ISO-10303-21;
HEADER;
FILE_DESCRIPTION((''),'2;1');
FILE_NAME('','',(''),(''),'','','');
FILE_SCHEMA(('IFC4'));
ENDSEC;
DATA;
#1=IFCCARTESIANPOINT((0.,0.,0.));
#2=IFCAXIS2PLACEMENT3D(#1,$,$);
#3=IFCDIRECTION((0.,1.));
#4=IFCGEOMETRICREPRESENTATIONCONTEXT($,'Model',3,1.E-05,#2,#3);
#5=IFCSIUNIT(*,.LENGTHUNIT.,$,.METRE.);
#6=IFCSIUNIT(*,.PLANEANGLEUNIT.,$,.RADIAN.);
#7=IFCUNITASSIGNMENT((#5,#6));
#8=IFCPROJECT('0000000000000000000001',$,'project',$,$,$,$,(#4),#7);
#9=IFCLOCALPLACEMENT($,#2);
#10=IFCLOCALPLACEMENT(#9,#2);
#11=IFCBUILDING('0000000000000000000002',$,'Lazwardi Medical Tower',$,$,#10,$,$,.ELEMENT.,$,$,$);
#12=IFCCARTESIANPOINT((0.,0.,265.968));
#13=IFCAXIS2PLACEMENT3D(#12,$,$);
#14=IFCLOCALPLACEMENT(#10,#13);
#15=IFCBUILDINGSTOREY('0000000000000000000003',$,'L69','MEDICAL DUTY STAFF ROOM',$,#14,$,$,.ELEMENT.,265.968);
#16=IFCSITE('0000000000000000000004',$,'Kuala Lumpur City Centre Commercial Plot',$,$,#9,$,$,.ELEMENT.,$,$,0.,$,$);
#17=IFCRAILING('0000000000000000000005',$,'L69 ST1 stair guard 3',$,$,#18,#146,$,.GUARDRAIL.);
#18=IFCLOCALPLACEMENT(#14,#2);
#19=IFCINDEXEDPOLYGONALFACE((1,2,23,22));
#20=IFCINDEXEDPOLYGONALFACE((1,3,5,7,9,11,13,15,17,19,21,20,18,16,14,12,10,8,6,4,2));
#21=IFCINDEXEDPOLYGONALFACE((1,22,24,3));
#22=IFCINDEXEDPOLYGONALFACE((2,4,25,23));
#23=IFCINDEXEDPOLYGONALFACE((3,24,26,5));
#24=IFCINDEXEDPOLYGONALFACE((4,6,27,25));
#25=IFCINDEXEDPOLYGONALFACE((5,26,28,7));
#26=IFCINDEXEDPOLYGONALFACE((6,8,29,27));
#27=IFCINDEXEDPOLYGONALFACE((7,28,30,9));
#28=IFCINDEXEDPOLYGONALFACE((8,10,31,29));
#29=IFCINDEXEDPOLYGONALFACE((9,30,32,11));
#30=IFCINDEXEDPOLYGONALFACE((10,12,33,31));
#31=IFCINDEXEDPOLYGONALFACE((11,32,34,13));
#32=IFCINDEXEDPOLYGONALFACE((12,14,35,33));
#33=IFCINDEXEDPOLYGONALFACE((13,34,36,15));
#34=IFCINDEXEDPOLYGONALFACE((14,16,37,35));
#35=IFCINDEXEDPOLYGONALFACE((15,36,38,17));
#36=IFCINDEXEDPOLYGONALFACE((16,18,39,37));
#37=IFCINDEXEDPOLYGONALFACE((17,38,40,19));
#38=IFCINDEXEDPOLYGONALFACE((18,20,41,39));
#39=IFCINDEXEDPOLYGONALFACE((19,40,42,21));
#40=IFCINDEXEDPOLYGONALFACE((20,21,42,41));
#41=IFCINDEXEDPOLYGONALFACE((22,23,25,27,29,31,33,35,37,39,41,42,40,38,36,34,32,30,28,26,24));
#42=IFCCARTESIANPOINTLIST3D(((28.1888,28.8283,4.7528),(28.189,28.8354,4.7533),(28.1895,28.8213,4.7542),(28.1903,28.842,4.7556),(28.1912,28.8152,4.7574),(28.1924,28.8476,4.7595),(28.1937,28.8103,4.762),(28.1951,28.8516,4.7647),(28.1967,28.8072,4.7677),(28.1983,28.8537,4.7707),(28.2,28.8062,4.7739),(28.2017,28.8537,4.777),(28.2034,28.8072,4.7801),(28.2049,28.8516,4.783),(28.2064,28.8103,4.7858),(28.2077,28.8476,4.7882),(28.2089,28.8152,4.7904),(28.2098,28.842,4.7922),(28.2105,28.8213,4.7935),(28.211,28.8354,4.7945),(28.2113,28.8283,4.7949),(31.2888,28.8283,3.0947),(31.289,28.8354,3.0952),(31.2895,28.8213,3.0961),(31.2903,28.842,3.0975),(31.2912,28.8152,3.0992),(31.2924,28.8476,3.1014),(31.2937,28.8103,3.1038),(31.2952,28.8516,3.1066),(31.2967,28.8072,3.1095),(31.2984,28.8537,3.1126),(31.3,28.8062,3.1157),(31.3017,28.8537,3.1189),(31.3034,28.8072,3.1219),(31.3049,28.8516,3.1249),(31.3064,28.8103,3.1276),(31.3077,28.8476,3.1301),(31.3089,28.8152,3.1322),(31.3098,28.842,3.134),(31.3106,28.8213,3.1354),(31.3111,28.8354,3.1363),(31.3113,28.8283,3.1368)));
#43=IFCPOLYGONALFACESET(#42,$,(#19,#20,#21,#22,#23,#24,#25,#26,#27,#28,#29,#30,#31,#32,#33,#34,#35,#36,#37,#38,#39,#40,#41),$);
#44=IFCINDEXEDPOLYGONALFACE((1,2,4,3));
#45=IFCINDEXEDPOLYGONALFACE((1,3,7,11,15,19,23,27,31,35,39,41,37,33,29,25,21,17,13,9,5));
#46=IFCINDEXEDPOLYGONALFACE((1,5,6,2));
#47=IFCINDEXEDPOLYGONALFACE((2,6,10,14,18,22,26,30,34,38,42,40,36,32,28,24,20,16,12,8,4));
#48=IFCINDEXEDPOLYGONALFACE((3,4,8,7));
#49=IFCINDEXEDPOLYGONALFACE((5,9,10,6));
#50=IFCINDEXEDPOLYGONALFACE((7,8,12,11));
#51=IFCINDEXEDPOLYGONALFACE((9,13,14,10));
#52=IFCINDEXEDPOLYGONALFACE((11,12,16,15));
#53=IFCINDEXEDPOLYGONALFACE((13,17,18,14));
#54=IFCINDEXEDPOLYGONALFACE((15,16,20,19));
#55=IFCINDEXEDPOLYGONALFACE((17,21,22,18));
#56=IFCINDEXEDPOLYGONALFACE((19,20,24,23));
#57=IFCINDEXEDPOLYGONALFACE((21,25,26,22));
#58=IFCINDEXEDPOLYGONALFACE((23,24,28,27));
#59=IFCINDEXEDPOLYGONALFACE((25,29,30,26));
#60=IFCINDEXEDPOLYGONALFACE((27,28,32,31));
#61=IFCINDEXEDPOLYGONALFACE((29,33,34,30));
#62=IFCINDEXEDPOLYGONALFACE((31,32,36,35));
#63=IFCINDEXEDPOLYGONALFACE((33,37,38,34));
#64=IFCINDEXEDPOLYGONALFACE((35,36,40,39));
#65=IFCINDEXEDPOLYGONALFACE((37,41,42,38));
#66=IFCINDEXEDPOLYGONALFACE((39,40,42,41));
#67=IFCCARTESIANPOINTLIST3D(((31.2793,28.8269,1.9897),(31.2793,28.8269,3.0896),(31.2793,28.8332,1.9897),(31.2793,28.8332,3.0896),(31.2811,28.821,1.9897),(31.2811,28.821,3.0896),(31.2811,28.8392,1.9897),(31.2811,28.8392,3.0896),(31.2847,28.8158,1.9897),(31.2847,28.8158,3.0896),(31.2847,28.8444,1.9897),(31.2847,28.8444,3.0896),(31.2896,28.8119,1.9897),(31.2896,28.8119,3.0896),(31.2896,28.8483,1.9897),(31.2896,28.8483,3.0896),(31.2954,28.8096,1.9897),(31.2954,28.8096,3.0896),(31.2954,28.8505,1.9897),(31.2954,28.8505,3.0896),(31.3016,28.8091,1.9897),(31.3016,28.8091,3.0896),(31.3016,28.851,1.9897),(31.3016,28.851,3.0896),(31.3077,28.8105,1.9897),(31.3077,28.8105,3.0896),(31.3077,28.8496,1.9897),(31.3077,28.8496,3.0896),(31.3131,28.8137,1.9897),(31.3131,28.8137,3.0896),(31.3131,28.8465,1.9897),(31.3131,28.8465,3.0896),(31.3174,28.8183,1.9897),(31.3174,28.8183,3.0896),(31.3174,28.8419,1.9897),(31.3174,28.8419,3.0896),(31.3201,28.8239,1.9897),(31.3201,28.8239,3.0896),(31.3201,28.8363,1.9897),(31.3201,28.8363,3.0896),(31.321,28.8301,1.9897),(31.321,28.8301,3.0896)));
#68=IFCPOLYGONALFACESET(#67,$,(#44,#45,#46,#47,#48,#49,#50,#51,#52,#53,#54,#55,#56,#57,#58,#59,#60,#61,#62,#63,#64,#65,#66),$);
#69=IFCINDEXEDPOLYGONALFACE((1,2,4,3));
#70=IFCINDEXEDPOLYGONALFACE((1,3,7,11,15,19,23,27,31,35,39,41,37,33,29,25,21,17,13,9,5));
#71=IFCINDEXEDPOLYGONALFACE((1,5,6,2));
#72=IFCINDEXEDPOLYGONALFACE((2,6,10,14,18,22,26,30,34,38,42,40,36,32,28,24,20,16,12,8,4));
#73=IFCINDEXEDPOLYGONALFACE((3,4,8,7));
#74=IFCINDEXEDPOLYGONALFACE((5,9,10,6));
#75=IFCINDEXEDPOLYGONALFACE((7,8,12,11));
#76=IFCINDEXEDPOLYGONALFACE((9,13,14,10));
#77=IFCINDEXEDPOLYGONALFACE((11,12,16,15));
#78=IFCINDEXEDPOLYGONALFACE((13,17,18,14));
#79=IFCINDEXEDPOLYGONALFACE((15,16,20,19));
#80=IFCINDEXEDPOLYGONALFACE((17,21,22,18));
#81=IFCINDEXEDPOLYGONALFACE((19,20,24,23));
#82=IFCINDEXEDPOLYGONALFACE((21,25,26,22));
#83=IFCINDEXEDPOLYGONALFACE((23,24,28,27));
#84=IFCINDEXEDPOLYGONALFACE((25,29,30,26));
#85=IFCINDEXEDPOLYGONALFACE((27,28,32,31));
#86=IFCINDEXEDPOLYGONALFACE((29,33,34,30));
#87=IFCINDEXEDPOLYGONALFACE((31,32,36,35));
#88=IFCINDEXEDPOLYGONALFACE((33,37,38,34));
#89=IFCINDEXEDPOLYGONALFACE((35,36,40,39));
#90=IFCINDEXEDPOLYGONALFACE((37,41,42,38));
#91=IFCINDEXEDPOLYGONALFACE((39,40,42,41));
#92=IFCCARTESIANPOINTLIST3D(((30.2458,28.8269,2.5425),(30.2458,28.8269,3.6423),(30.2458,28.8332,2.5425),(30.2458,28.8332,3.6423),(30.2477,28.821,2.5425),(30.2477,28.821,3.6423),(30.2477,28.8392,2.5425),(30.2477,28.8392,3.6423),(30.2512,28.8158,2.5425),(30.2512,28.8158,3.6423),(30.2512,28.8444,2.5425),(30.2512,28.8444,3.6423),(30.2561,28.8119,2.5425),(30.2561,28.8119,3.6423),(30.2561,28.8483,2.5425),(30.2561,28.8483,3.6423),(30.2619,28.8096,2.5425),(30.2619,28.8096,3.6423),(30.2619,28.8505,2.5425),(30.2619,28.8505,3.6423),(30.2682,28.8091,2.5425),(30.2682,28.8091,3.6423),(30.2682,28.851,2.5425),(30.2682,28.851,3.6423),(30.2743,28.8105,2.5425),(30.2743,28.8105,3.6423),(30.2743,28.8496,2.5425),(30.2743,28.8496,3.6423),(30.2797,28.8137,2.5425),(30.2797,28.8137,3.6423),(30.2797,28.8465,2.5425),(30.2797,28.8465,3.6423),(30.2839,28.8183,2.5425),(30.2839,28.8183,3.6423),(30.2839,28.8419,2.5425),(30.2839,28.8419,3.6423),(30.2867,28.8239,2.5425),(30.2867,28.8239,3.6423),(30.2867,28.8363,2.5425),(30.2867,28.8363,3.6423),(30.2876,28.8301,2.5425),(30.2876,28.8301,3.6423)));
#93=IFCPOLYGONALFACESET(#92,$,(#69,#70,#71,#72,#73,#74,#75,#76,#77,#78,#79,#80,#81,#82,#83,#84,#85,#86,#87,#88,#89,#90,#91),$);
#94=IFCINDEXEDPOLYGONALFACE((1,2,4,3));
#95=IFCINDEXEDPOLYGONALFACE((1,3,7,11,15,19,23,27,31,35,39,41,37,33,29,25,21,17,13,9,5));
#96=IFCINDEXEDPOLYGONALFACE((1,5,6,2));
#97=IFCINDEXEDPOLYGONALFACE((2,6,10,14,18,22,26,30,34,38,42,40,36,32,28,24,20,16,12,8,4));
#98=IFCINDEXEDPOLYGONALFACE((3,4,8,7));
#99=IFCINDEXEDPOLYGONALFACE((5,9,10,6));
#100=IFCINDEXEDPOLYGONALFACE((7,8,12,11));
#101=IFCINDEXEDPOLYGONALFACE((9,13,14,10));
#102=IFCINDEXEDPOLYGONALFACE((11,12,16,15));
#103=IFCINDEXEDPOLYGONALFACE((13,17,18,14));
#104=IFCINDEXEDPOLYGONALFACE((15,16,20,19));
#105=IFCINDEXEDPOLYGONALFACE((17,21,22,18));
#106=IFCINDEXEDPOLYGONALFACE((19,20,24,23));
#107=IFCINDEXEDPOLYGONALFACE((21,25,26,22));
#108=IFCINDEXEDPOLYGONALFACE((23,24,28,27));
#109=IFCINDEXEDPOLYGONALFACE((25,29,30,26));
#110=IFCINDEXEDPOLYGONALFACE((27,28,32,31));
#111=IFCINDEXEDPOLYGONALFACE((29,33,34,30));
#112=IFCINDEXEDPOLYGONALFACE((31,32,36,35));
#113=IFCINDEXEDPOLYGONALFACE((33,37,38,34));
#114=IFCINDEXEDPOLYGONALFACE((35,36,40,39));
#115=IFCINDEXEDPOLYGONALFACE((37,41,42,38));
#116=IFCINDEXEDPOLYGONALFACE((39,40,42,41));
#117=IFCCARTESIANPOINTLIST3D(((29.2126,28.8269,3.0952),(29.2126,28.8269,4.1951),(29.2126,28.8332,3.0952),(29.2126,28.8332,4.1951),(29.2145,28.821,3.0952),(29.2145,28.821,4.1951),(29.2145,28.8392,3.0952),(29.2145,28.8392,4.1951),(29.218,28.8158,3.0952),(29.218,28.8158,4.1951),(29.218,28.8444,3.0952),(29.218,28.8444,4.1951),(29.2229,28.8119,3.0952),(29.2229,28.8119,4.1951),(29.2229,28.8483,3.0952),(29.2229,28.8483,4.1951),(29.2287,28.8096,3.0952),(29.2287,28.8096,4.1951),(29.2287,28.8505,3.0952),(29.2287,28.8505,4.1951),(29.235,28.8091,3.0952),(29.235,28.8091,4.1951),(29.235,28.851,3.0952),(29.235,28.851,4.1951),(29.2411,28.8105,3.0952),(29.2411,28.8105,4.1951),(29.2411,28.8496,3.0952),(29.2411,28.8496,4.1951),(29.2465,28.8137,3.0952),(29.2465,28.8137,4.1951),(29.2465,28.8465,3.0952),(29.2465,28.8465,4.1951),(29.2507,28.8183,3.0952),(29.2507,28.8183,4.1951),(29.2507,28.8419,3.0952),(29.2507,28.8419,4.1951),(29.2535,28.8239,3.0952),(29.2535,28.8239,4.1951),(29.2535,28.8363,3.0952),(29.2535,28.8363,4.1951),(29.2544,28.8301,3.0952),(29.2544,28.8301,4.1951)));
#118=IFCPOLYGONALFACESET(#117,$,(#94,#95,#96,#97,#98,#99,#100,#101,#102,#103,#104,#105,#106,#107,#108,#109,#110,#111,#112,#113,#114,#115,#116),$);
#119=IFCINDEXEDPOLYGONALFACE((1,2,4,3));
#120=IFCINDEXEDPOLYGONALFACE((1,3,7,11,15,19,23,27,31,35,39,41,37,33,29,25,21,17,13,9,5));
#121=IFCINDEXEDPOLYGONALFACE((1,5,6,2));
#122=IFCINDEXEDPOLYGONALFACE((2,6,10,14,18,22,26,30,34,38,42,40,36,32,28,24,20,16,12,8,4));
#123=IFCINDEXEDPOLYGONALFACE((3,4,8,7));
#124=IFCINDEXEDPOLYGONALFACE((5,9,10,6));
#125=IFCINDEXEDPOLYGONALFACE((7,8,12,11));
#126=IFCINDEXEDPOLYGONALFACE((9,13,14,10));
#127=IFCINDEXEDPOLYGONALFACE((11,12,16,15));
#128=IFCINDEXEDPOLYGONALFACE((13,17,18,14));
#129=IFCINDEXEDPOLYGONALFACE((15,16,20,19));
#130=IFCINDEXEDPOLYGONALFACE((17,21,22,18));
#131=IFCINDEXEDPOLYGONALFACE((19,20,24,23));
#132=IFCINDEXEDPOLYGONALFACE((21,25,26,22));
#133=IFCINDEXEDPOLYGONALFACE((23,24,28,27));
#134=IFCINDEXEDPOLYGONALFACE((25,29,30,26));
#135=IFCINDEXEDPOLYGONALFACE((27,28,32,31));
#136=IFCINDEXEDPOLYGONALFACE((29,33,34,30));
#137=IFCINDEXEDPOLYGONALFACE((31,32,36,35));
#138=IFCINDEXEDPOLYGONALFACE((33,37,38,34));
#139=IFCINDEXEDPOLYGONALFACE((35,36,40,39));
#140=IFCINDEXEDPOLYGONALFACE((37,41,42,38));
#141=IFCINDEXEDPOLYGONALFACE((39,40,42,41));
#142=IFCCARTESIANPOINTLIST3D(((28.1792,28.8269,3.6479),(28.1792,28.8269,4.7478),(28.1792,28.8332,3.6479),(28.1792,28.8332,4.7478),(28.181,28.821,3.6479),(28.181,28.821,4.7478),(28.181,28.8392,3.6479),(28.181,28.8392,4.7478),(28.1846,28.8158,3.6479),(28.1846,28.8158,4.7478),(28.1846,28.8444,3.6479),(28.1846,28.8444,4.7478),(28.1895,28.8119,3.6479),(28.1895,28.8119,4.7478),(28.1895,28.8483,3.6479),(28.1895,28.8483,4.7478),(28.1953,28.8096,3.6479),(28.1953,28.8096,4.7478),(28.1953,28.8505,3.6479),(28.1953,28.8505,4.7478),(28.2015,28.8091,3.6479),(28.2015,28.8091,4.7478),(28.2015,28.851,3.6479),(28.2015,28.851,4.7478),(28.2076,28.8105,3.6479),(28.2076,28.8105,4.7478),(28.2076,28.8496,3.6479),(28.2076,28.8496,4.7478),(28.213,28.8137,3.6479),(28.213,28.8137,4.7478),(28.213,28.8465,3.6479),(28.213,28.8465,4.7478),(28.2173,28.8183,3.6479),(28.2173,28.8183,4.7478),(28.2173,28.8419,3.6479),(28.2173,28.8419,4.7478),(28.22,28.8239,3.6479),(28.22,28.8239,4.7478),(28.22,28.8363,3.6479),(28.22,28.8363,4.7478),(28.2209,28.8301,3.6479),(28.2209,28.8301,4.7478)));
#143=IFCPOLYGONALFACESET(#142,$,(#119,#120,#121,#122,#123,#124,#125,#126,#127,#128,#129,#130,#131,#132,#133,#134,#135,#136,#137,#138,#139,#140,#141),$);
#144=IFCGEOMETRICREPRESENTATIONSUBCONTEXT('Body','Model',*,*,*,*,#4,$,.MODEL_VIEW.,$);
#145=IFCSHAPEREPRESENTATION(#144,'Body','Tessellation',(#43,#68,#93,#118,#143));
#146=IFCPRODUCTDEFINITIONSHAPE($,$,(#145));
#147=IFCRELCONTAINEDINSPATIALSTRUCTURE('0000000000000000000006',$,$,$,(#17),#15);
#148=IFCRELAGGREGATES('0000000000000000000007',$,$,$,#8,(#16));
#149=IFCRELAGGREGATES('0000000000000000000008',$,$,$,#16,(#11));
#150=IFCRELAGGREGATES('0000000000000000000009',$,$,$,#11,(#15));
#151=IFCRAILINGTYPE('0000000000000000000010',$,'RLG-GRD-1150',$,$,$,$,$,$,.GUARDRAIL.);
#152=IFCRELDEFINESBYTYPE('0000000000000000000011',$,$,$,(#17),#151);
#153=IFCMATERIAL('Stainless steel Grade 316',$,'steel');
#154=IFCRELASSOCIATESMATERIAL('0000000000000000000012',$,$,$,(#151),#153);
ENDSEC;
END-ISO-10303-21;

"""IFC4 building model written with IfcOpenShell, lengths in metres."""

from ifc_helpers import new_model, si_unit, direction, frame, origin, origin_2d, place, context, subcontext, project, spatial, circle, extrude, material, type_object, element, save


model = new_model("IFC4")

# Units and contexts
model_context = context("Model", 3, precision=1e-05, world=origin(), true_north=direction((0.0, 1.0)))
body_context = subcontext(model_context, "Body", "Model", "MODEL_VIEW")
ifc_project = project(units=[si_unit("LENGTHUNIT", "METRE"), si_unit("PLANEANGLEUNIT", "RADIAN")], contexts=[model_context])

# Site, building, storey
site_placement = place(None, origin())
site = spatial("IfcSite", under=ifc_project, at=site_placement, Name="Kuala Lumpur City Centre Commercial Plot", CompositionType="ELEMENT", RefElevation=0.0)
building_placement = place(site_placement, origin())
building = spatial("IfcBuilding", under=site, at=building_placement, Name="Lazwardi Medical Tower", CompositionType="ELEMENT")
storey_placement = place(building_placement, frame((0.0, 0.0, 265.968)))
storey = spatial("IfcBuildingStorey", under=building, at=storey_placement, Name="L69", Description="MEDICAL DUTY STAFF ROOM", CompositionType="ELEMENT", Elevation=265.968)

# Railing
ifc_material_1 = material(Name="Stainless steel Grade 316", Category="steel")
railing_type_1 = type_object("IfcRailingType", Name="RLG-GRD-1150", PredefinedType="GUARDRAIL", material=ifc_material_1)
railing_1_placement = place(storey_placement, frame((31.3, 28.8301, 1.9897)))
element("IfcRailing", 1, at=railing_1_placement, inside=storey, type_object=railing_type_1, Name="L69 ST1 stair guard 3", PredefinedType="GUARDRAIL", context=body_context, shape_type="SweptSolid", body=[
    extrude(circle(Radius=0.0239, at=origin_2d()), frame((0.0, 0.0, 1.126), z_axis=(-0.881783, 0.0, 0.471655), x_axis=(0.0, -1.0, 0.0)), (0.0, 0.0, 1.0), 3.5156),
    extrude(circle(Radius=0.021, at=origin_2d()), origin(), (0.0, 0.0, 1.0), 1.0999),
    extrude(circle(Radius=0.021, at=origin_2d()), frame((-1.0334, 0.0, 0.5527)), (0.0, 0.0, 1.0), 1.0999),
    extrude(circle(Radius=0.021, at=origin_2d()), frame((-2.0667, 0.0, 1.1055)), (0.0, 0.0, 1.0), 1.0999),
    extrude(circle(Radius=0.021, at=origin_2d()), frame((-3.1001, 0.0, 1.6582)), (0.0, 0.0, 1.0), 1.0999),
])

save(model, "model.ifc")
